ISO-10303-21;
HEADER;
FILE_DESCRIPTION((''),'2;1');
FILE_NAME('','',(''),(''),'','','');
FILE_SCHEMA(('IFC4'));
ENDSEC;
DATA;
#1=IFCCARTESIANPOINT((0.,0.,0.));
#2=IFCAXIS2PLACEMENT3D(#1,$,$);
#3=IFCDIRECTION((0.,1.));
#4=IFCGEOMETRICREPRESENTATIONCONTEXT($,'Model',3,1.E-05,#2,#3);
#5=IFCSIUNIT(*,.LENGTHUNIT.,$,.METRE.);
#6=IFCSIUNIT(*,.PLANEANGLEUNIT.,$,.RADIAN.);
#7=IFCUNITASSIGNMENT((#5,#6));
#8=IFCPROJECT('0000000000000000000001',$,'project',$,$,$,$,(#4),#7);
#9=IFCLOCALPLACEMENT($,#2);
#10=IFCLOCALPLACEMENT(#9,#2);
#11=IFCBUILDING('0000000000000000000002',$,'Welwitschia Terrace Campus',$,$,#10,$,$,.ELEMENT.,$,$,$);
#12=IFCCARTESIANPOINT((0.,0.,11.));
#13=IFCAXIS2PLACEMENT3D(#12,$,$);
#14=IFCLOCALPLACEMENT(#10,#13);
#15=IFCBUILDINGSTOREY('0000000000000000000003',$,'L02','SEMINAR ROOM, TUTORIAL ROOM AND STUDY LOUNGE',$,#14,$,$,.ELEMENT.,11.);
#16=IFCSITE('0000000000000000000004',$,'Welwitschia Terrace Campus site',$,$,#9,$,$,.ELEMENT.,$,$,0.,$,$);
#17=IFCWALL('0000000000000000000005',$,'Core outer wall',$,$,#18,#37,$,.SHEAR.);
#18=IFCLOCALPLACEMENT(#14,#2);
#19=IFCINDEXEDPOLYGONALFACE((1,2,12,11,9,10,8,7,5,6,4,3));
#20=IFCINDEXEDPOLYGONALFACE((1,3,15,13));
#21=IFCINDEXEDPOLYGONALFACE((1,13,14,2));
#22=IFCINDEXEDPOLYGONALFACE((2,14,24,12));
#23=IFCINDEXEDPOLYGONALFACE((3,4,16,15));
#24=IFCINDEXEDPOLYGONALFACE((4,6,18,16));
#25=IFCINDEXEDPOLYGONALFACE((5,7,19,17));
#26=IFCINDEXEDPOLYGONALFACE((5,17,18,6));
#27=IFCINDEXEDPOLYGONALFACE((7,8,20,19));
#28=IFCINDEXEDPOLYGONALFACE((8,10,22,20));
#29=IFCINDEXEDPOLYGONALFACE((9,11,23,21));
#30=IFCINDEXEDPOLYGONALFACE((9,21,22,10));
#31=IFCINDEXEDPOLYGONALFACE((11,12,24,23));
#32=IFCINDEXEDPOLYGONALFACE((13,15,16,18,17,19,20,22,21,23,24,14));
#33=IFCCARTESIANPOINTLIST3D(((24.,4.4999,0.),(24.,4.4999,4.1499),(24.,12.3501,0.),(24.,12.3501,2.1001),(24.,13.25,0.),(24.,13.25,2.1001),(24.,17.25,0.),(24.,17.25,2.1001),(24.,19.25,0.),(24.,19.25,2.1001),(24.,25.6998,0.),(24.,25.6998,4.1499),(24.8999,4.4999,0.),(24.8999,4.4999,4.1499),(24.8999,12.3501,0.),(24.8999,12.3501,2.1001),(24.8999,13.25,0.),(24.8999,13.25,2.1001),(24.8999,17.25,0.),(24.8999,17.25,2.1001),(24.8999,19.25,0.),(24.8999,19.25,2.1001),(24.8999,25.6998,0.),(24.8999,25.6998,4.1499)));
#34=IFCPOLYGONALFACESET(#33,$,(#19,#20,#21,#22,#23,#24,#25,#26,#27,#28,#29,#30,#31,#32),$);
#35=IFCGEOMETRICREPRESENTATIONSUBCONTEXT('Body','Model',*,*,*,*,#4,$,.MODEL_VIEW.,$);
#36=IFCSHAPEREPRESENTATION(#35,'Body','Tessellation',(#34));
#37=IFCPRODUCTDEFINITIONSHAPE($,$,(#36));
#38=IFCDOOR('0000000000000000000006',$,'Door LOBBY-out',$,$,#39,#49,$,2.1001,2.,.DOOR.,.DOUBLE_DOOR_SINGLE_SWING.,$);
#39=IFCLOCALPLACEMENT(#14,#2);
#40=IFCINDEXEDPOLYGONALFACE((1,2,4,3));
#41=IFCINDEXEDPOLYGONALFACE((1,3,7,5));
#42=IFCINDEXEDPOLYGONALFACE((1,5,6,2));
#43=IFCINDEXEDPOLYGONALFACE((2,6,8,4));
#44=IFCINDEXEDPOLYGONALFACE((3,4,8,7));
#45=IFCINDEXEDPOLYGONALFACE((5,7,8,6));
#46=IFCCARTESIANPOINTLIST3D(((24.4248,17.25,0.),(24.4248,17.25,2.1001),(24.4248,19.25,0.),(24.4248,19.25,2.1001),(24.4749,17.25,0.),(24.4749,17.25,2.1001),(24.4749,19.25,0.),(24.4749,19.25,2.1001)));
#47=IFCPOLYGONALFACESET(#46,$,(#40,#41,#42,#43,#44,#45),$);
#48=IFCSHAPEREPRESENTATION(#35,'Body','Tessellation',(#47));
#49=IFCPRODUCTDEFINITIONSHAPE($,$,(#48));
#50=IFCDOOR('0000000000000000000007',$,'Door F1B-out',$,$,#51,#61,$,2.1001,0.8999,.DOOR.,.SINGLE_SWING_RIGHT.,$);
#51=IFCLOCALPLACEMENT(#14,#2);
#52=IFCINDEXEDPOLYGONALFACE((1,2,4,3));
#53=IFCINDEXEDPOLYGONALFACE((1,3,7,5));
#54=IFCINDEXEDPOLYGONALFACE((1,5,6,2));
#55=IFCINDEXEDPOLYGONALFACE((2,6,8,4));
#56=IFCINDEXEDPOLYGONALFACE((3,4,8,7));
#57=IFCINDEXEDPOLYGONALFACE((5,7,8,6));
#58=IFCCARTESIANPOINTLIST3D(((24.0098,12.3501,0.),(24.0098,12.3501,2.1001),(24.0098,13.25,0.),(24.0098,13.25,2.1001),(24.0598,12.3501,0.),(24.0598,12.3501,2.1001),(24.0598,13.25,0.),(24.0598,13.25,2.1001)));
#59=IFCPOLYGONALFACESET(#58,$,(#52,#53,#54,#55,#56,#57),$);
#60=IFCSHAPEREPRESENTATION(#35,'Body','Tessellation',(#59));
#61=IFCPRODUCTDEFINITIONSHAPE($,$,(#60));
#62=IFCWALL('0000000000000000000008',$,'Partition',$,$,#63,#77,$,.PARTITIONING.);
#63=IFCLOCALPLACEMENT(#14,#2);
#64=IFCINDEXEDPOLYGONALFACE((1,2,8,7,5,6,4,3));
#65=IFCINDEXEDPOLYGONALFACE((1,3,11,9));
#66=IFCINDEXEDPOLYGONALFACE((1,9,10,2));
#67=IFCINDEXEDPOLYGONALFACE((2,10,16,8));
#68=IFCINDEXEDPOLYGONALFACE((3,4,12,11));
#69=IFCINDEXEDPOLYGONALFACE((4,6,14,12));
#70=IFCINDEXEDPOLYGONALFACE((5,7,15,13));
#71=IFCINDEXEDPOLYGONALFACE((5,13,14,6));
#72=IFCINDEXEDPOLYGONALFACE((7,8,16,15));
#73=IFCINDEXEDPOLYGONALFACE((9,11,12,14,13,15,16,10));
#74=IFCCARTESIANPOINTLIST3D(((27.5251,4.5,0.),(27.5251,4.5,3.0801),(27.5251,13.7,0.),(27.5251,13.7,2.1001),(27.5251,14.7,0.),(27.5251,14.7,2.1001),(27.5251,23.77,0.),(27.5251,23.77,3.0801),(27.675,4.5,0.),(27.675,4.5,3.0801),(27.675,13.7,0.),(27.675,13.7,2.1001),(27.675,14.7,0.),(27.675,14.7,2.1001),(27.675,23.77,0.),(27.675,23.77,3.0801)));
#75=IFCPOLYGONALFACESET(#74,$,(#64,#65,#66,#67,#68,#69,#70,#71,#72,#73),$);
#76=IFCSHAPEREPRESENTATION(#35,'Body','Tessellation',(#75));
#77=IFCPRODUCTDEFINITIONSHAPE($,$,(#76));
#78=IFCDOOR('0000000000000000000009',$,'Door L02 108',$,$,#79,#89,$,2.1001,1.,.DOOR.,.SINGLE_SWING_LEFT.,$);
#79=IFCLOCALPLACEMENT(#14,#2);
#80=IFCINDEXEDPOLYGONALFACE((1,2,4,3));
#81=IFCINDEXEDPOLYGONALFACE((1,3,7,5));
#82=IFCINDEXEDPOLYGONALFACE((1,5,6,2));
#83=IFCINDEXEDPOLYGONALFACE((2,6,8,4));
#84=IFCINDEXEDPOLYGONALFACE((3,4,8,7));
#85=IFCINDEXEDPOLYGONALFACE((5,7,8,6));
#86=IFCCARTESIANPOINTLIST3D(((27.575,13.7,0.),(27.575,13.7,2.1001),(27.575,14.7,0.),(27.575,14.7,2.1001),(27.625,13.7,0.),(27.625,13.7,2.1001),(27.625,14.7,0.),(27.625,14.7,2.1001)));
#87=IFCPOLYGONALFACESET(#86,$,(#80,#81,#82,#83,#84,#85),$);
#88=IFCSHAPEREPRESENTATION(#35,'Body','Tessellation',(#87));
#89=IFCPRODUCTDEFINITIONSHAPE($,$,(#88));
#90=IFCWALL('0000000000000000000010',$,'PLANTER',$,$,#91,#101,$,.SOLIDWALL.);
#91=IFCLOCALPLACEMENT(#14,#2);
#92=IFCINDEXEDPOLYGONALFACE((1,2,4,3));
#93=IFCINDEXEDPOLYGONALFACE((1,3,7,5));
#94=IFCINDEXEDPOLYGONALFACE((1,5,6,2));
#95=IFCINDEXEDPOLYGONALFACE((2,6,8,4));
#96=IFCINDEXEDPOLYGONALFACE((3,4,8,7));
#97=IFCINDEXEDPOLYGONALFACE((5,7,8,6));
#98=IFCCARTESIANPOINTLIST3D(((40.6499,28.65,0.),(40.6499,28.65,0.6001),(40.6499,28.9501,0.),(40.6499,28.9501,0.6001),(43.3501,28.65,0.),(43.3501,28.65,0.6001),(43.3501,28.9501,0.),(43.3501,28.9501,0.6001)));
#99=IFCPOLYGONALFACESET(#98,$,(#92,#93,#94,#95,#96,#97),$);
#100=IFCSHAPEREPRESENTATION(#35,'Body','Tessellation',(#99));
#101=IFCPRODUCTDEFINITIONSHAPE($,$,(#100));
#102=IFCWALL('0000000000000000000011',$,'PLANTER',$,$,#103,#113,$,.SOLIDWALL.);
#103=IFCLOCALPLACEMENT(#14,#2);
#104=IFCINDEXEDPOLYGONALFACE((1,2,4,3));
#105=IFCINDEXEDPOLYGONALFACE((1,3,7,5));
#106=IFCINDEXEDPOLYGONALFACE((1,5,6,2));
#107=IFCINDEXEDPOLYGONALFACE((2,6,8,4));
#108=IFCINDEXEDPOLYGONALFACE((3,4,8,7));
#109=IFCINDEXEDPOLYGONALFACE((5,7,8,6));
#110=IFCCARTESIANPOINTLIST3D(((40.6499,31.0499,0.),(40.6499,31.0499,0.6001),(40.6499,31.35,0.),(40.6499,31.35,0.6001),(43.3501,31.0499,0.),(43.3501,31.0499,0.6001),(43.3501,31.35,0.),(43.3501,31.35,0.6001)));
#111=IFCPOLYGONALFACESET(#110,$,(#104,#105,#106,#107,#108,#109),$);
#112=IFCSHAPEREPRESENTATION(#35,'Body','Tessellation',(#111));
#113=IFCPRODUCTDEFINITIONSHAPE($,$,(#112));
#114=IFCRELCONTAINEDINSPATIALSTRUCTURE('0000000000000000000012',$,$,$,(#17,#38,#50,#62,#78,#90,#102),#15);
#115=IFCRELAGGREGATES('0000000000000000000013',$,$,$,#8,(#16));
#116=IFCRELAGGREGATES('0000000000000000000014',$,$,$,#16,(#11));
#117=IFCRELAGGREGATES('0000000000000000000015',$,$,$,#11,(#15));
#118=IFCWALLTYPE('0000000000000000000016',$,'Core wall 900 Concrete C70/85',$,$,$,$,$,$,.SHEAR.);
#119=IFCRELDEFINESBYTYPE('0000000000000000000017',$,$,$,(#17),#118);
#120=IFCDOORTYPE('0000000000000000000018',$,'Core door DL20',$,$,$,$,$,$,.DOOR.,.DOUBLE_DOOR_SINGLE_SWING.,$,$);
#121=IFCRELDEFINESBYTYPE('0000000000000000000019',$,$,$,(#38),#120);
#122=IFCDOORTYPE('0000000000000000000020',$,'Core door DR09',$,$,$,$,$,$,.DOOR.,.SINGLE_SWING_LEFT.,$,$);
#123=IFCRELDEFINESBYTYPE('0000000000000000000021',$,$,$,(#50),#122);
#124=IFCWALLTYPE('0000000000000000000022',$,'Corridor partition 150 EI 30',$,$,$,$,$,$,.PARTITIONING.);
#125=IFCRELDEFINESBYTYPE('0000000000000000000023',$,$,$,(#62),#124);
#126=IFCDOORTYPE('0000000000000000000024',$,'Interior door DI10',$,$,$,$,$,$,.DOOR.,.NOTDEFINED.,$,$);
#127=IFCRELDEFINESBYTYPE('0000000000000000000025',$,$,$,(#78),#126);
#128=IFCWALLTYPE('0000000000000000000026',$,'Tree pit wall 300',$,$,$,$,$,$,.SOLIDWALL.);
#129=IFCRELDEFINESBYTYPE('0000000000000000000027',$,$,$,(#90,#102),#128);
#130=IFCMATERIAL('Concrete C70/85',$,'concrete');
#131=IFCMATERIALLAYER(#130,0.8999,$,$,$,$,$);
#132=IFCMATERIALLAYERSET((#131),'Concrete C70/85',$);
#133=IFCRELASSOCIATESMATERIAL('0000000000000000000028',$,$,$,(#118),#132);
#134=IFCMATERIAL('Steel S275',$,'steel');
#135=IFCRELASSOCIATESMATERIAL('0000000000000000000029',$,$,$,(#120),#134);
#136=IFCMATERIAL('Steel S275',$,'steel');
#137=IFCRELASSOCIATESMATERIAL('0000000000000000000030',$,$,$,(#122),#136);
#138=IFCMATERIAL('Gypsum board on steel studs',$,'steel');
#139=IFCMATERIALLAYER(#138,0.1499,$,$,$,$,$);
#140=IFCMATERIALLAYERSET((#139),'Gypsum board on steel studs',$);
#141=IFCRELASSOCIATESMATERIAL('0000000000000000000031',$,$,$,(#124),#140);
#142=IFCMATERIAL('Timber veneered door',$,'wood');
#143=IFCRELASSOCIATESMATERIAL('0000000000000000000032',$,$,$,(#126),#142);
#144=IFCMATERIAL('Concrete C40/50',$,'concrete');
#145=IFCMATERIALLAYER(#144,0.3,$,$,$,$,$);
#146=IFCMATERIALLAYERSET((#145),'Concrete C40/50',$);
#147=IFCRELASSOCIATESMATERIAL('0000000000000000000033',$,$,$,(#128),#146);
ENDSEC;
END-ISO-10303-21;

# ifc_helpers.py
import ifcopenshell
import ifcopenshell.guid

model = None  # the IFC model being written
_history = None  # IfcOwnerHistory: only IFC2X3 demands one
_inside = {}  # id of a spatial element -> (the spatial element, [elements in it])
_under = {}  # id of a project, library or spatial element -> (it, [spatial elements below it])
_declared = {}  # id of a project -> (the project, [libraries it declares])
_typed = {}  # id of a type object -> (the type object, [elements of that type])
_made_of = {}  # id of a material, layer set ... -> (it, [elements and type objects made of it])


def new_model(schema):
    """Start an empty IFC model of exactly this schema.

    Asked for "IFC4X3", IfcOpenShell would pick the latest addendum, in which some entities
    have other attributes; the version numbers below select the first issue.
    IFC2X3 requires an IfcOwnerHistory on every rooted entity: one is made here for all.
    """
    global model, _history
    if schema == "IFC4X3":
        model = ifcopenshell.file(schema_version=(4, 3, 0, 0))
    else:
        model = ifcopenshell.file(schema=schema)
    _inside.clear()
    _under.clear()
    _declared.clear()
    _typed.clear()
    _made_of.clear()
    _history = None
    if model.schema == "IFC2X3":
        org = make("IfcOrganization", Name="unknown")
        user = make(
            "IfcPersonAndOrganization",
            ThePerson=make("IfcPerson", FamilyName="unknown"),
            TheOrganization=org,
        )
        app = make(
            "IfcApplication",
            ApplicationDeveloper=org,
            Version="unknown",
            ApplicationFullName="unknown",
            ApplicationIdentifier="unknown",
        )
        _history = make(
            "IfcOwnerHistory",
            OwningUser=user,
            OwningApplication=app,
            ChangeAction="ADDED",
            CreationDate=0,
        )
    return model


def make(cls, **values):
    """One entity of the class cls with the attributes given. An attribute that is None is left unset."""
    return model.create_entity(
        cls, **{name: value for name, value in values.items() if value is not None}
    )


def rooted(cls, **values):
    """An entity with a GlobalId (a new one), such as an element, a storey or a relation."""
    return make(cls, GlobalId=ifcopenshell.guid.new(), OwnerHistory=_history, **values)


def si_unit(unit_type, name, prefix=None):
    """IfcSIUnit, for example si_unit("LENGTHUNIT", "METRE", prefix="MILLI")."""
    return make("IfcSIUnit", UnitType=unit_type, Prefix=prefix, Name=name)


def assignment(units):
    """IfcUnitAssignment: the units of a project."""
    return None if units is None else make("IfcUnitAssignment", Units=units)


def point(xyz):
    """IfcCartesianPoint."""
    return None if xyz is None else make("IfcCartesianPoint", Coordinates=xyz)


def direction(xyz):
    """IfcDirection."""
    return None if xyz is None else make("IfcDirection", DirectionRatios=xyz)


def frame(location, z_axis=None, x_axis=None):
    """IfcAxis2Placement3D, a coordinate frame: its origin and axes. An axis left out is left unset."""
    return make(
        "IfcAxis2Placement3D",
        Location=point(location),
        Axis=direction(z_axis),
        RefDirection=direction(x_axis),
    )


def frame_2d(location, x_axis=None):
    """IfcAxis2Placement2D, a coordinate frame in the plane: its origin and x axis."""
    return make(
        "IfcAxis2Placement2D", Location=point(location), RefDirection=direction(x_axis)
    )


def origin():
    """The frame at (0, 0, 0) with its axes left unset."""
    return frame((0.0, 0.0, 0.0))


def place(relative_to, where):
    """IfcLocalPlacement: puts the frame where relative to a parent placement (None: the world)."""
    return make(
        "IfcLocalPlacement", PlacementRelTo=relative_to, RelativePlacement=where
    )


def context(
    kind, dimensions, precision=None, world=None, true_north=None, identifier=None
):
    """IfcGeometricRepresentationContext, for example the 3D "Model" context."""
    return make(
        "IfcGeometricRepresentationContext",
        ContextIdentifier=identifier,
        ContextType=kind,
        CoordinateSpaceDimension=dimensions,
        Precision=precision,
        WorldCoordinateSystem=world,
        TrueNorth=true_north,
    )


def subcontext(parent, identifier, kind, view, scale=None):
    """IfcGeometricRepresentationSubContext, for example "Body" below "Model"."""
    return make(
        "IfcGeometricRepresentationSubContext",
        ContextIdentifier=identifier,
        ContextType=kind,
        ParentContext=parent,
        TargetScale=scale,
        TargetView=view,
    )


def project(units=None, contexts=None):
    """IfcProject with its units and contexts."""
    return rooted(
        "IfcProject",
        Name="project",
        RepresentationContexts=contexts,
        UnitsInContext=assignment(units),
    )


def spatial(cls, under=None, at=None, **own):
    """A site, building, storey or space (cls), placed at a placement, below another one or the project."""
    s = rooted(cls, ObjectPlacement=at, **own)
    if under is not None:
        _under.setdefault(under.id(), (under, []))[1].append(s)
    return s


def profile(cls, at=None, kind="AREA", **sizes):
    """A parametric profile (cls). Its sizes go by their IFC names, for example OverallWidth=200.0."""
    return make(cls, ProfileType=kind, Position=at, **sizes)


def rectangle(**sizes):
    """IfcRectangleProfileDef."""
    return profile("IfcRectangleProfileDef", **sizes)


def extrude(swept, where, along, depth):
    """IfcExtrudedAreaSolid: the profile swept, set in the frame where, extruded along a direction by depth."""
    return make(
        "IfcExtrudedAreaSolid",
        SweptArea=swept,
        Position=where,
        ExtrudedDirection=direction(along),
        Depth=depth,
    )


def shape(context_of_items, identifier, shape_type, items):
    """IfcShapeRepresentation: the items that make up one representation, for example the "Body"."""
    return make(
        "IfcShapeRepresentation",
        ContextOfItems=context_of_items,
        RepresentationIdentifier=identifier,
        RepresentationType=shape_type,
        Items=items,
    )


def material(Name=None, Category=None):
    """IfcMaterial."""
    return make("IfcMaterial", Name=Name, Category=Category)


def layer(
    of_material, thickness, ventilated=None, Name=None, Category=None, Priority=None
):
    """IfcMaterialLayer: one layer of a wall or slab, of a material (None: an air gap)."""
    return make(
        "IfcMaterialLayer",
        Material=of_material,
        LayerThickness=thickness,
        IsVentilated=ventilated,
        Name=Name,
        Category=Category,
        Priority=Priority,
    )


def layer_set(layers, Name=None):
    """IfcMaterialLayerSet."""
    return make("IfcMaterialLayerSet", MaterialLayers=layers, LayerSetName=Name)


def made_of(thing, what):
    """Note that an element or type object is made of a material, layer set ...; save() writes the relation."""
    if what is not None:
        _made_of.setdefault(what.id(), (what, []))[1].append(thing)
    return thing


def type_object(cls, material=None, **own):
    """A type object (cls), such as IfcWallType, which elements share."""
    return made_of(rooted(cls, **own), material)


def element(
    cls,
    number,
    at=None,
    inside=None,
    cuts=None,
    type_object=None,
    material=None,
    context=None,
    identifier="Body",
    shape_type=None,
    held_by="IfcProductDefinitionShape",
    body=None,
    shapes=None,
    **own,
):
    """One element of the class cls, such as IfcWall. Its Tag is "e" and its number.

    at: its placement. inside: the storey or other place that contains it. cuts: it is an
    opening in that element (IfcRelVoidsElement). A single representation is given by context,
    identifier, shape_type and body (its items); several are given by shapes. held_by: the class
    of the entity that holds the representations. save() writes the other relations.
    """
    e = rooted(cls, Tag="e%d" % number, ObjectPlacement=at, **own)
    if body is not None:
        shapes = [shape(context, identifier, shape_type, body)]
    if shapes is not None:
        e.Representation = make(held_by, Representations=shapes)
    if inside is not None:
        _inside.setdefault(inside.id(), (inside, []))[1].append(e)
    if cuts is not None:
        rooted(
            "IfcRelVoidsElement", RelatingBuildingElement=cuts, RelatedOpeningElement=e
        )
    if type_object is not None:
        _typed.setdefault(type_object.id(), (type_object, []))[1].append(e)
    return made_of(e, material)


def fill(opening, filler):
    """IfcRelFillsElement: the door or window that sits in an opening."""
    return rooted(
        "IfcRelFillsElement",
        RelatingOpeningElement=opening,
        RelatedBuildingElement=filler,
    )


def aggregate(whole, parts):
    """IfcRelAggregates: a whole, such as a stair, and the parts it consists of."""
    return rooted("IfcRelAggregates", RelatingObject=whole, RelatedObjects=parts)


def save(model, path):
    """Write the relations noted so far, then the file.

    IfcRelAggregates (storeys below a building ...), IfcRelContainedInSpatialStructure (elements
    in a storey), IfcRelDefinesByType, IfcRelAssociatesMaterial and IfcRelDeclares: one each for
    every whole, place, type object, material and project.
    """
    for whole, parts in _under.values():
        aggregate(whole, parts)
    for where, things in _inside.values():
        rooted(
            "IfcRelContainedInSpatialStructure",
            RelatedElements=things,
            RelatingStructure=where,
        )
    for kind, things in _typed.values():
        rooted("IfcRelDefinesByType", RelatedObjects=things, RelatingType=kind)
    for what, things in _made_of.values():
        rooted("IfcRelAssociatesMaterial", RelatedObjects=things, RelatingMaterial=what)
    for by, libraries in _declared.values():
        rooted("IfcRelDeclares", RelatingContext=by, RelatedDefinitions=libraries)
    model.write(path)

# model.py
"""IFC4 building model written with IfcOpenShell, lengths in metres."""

from ifc_helpers import new_model, si_unit, direction, frame, frame_2d, origin, place, context, subcontext, project, spatial, rectangle, extrude, material, layer, layer_set, type_object, element, fill, save


model = new_model("IFC4")

# Units and contexts
model_context = context("Model", 3, precision=1e-05, world=origin(), true_north=direction((0.0, 1.0)))
body_context = subcontext(model_context, "Body", "Model", "MODEL_VIEW")
ifc_project = project(units=[si_unit("LENGTHUNIT", "METRE"), si_unit("PLANEANGLEUNIT", "RADIAN")], contexts=[model_context])

# Site, building, storey
site_placement = place(None, origin())
site = spatial("IfcSite", under=ifc_project, at=site_placement, Name="Welwitschia Terrace Campus site", CompositionType="ELEMENT", RefElevation=0.0)
building_placement = place(site_placement, origin())
building = spatial("IfcBuilding", under=site, at=building_placement, Name="Welwitschia Terrace Campus", CompositionType="ELEMENT")
storey_placement = place(building_placement, frame((0.0, 0.0, 11.0)))
storey = spatial("IfcBuildingStorey", under=building, at=storey_placement, Name="L02", Description="SEMINAR ROOM, TUTORIAL ROOM AND STUDY LOUNGE", CompositionType="ELEMENT", Elevation=11.0)

# Wall, openings, doors
ifc_material_1 = material(Name="Concrete C70/85", Category="concrete")
ifc_layer_1 = layer(ifc_material_1, 0.8999)
ifc_layer_set_1 = layer_set([ifc_layer_1], Name="Concrete C70/85")
wall_type_1 = type_object("IfcWallType", Name="Core wall 900 Concrete C70/85", PredefinedType="SHEAR", material=ifc_layer_set_1)
wall_1_placement = place(storey_placement, frame((24.45, 25.7, 0.0), z_axis=(0.0, 0.0, 1.0), x_axis=(0.0, -1.0, 0.0)))
wall_1 = element("IfcWall", 1, at=wall_1_placement, inside=storey, type_object=wall_type_1, Name="Core outer wall", PredefinedType="SHEAR", context=body_context, shape_type="SweptSolid", body=[
    extrude(rectangle(XDim=21.2, YDim=0.8999, at=frame_2d((10.6001, 0.0))), origin(), (0.0, 0.0, 1.0), 4.1499),
])
opening_1_placement = place(wall_1_placement, frame((12.45, 0.0, 0.0)))
opening_1 = element("IfcOpeningElement", 2, at=opening_1_placement, cuts=wall_1, PredefinedType="OPENING", context=body_context, shape_type="SweptSolid", body=[
    extrude(rectangle(XDim=0.8999, YDim=2.1001, at=frame_2d((0.45, 1.05))), frame((0.0, 0.46, 0.0), z_axis=(0.0, -1.0, 0.0), x_axis=(1.0, 0.0, 0.0)), (0.0, 0.0, 1.0), 0.9199),
])
opening_2_placement = place(wall_1_placement, frame((6.45, 0.0, 0.0)))
opening_2 = element("IfcOpeningElement", 3, at=opening_2_placement, cuts=wall_1, PredefinedType="OPENING", context=body_context, shape_type="SweptSolid", body=[
    extrude(rectangle(XDim=2.0, YDim=2.1001, at=frame_2d((1.0, 1.05))), frame((0.0, 0.46, 0.0), z_axis=(0.0, -1.0, 0.0), x_axis=(1.0, 0.0, 0.0)), (0.0, 0.0, 1.0), 0.9199),
])
ifc_material_2 = material(Name="Steel S275", Category="steel")
door_type_1 = type_object("IfcDoorType", Name="Core door DL20", OperationType="DOUBLE_DOOR_SINGLE_SWING", PredefinedType="DOOR", material=ifc_material_2)
door_1_placement = place(opening_2_placement, origin())
door_1 = element("IfcDoor", 4, at=door_1_placement, inside=storey, type_object=door_type_1, Name="Door LOBBY-out", OperationType="DOUBLE_DOOR_SINGLE_SWING", OverallHeight=2.1001, OverallWidth=2.0, PredefinedType="DOOR", context=body_context, shape_type="SweptSolid", body=[
    extrude(rectangle(XDim=2.0, YDim=2.1001, at=frame_2d((1.0, 1.05))), frame((0.0, 0.0249, 0.0), z_axis=(0.0, -1.0, 0.0), x_axis=(1.0, 0.0, 0.0)), (0.0, 0.0, 1.0), 0.05),
])
fill(opening_2, door_1)
ifc_material_3 = material(Name="Steel S275", Category="steel")
door_type_2 = type_object("IfcDoorType", Name="Core door DR09", OperationType="SINGLE_SWING_LEFT", PredefinedType="DOOR", material=ifc_material_3)
door_2_placement = place(opening_1_placement, origin())
door_2 = element("IfcDoor", 5, at=door_2_placement, inside=storey, type_object=door_type_2, Name="Door F1B-out", OperationType="SINGLE_SWING_RIGHT", OverallHeight=2.1001, OverallWidth=0.8999, PredefinedType="DOOR", context=body_context, shape_type="SweptSolid", body=[
    extrude(rectangle(XDim=0.8999, YDim=2.1001, at=frame_2d((0.45, 1.05))), frame((0.0, -0.3901, 0.0), z_axis=(0.0, -1.0, 0.0), x_axis=(1.0, 0.0, 0.0)), (0.0, 0.0, 1.0), 0.05),
])
fill(opening_1, door_2)

# Wall, opening, door
ifc_material_4 = material(Name="Gypsum board on steel studs", Category="steel")
ifc_layer_2 = layer(ifc_material_4, 0.1499)
ifc_layer_set_2 = layer_set([ifc_layer_2], Name="Gypsum board on steel studs")
wall_type_2 = type_object("IfcWallType", Name="Corridor partition 150 EI 30", PredefinedType="PARTITIONING", material=ifc_layer_set_2)
wall_2_placement = place(storey_placement, frame((27.6001, 23.77, 0.0), z_axis=(0.0, 0.0, 1.0), x_axis=(0.0, -1.0, 0.0)))
wall_2 = element("IfcWall", 6, at=wall_2_placement, inside=storey, type_object=wall_type_2, Name="Partition", PredefinedType="PARTITIONING", context=body_context, shape_type="SweptSolid", body=[
    extrude(rectangle(XDim=19.27, YDim=0.1499, at=frame_2d((9.635, 0.0))), origin(), (0.0, 0.0, 1.0), 3.0801),
])
opening_3_placement = place(wall_2_placement, frame((9.0701, 0.0, 0.0)))
opening_3 = element("IfcOpeningElement", 7, at=opening_3_placement, cuts=wall_2, PredefinedType="OPENING", context=body_context, shape_type="SweptSolid", body=[
    extrude(rectangle(XDim=1.0, YDim=2.1001, at=frame_2d((0.5, 1.05))), frame((0.0, 0.085, 0.0), z_axis=(0.0, -1.0, 0.0), x_axis=(1.0, 0.0, 0.0)), (0.0, 0.0, 1.0), 0.1699),
])
ifc_material_5 = material(Name="Timber veneered door", Category="wood")
door_type_3 = type_object("IfcDoorType", Name="Interior door DI10", OperationType="NOTDEFINED", PredefinedType="DOOR", material=ifc_material_5)
door_3_placement = place(opening_3_placement, origin())
door_3 = element("IfcDoor", 8, at=door_3_placement, inside=storey, type_object=door_type_3, Name="Door L02 108", OperationType="SINGLE_SWING_LEFT", OverallHeight=2.1001, OverallWidth=1.0, PredefinedType="DOOR", context=body_context, shape_type="SweptSolid", body=[
    extrude(rectangle(XDim=1.0, YDim=2.1001, at=frame_2d((0.5, 1.05))), frame((0.0, 0.0249, 0.0), z_axis=(0.0, -1.0, 0.0), x_axis=(1.0, 0.0, 0.0)), (0.0, 0.0, 1.0), 0.05),
])
fill(opening_3, door_3)

# Walls
ifc_material_6 = material(Name="Concrete C40/50", Category="concrete")
ifc_layer_3 = layer(ifc_material_6, 0.3)
ifc_layer_set_3 = layer_set([ifc_layer_3], Name="Concrete C40/50")
wall_type_3 = type_object("IfcWallType", Name="Tree pit wall 300", PredefinedType="SOLIDWALL", material=ifc_layer_set_3)
for number, where, z_axis, x_axis, name in (
    (9, (40.6499, 28.8, 0.0), (0.0, 0.0, 1.0), (1.0, 0.0, 0.0), "PLANTER"),
    (10, (40.6499, 31.2, 0.0), (0.0, 0.0, 1.0), (1.0, 0.0, 0.0), "PLANTER"),
):
    element("IfcWall", number, at=place(storey_placement, frame(where, z_axis=z_axis, x_axis=x_axis)), inside=storey, type_object=wall_type_3, Name=name, PredefinedType="SOLIDWALL", context=body_context, shape_type="SweptSolid", body=[
        extrude(rectangle(XDim=2.7002, YDim=0.3, at=frame_2d((1.3501, 0.0))), origin(), (0.0, 0.0, 1.0), 0.6001),
    ])

save(model, "model.ifc")
